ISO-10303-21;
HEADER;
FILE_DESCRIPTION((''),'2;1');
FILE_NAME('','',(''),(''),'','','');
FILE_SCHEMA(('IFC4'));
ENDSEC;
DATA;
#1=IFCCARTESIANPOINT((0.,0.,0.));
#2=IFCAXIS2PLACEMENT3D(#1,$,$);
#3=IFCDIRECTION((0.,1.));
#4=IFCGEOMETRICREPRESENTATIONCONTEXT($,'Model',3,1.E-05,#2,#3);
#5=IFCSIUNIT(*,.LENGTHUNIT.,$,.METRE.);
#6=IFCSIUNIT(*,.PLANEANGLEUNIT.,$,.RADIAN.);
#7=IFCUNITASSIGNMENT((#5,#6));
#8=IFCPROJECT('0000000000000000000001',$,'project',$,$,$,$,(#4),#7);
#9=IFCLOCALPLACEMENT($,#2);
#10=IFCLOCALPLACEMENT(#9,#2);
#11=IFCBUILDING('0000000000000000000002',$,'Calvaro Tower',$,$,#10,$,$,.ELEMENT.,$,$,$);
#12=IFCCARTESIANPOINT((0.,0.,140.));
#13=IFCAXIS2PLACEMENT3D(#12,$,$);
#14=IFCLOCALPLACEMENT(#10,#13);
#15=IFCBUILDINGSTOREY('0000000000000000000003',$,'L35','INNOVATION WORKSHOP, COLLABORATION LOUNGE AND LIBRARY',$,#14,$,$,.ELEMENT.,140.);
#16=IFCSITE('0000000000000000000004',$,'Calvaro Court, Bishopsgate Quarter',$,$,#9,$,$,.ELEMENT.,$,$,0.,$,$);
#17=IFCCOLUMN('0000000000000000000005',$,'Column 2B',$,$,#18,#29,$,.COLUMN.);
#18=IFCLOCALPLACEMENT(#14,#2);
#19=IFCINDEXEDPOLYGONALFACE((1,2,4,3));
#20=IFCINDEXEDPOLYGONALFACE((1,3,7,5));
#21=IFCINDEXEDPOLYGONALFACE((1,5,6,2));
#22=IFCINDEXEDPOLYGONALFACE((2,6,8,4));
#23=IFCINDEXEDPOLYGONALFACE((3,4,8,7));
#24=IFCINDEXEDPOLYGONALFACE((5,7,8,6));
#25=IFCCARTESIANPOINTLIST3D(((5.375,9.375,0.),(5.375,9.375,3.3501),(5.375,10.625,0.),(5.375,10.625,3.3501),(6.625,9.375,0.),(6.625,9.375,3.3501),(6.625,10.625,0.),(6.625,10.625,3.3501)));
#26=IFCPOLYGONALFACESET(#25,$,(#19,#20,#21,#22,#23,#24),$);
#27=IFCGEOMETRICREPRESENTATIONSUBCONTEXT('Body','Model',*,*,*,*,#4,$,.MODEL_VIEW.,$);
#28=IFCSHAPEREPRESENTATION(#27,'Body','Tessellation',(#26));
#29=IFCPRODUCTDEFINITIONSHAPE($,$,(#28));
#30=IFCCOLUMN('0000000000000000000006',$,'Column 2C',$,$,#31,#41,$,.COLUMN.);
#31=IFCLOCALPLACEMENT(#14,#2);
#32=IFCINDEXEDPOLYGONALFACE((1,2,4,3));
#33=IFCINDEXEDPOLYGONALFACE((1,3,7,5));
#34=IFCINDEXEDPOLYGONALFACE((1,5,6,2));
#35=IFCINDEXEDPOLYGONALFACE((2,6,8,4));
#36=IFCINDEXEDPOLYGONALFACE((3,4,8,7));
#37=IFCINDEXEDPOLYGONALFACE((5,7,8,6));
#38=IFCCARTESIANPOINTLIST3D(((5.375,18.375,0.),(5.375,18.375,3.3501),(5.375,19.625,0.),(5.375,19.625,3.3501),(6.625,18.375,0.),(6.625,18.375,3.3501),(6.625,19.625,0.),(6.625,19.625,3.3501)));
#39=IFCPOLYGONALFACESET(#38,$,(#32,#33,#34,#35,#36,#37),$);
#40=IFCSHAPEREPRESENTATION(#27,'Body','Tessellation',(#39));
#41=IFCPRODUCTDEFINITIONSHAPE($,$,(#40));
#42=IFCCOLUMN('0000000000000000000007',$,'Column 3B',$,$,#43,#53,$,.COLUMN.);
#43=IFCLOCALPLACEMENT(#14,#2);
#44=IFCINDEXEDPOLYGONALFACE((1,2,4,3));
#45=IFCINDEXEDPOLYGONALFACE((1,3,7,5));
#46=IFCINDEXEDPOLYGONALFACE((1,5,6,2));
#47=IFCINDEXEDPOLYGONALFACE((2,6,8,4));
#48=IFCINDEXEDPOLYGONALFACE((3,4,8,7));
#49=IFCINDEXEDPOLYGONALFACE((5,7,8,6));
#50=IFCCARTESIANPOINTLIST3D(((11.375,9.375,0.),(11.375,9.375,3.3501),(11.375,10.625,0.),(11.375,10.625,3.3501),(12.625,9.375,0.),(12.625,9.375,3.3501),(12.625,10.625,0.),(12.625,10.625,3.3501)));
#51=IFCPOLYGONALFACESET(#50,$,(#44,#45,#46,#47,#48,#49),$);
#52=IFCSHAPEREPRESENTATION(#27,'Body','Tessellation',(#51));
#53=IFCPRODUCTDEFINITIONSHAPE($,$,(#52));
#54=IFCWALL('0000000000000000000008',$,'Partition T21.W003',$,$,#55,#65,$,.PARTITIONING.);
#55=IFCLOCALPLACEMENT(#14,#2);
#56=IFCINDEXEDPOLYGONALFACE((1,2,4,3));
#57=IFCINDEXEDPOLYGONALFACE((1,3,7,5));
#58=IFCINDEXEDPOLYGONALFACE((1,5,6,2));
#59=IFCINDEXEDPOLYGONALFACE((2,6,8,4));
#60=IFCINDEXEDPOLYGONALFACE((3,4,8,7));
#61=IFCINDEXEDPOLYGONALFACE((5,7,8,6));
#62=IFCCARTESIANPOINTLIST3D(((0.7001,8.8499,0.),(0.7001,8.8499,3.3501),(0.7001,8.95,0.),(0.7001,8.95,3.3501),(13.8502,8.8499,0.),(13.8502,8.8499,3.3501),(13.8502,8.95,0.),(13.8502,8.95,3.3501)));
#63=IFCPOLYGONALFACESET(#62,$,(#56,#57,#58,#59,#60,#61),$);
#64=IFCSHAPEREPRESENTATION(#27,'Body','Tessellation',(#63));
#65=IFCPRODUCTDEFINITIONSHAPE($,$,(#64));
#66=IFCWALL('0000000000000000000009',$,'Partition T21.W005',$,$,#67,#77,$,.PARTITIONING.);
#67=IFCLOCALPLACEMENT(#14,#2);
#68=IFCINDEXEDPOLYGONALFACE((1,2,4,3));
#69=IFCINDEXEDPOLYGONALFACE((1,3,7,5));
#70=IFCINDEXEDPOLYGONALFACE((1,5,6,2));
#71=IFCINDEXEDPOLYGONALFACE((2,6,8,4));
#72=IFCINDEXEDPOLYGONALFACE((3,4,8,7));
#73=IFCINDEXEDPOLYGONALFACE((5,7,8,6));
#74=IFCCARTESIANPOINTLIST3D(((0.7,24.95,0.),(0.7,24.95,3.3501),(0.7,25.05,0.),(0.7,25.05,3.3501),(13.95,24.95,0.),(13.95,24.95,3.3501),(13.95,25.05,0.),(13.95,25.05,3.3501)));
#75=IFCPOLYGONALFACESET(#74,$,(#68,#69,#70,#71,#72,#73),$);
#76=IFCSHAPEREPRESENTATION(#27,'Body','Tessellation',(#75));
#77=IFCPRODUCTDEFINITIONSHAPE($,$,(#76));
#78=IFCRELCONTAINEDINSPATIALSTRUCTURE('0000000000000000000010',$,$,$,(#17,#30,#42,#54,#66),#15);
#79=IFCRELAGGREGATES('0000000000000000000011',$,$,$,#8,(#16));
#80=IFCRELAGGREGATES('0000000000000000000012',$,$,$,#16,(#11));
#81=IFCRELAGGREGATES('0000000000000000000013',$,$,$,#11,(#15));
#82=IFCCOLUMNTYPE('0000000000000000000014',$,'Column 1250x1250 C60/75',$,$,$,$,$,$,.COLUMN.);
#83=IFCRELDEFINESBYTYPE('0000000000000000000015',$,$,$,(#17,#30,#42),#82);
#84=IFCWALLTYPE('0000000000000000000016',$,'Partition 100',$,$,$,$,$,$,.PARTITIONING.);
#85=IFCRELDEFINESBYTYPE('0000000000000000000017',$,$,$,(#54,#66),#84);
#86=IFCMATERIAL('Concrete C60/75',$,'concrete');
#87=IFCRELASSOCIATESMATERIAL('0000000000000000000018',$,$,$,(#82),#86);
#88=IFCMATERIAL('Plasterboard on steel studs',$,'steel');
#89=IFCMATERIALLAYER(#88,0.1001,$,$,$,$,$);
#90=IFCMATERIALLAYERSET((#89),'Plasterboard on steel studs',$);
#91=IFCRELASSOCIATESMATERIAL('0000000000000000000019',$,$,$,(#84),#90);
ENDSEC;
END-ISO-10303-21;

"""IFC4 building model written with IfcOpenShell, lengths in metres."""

from ifc_helpers import new_model, si_unit, direction, frame, frame_2d, origin, origin_2d, place, context, subcontext, project, spatial, rectangle, extrude, material, layer, layer_set, material_profile, profile_set, type_object, element, save


model = new_model("IFC4")

# Units and contexts
model_context = context("Model", 3, precision=1e-05, world=origin(), true_north=direction((0.0, 1.0)))
body_context = subcontext(model_context, "Body", "Model", "MODEL_VIEW")
ifc_project = project(units=[si_unit("LENGTHUNIT", "METRE"), si_unit("PLANEANGLEUNIT", "RADIAN")], contexts=[model_context])

# Site, building, storey
site_placement = place(None, origin())
site = spatial("IfcSite", under=ifc_project, at=site_placement, Name="Calvaro Court, Bishopsgate Quarter", CompositionType="ELEMENT", RefElevation=0.0)
building_placement = place(site_placement, origin())
building = spatial("IfcBuilding", under=site, at=building_placement, Name="Calvaro Tower", CompositionType="ELEMENT")
storey_placement = place(building_placement, frame((0.0, 0.0, 140.0)))
storey = spatial("IfcBuildingStorey", under=building, at=storey_placement, Name="L35", Description="INNOVATION WORKSHOP, COLLABORATION LOUNGE AND LIBRARY", CompositionType="ELEMENT", Elevation=140.0)

# Columns
ifc_material_1 = material(Name="Concrete C60/75", Category="concrete")
ifc_material_profile = material_profile(ifc_material_1, rectangle(XDim=1.25, YDim=1.25, at=origin_2d()), Name="RC 1250x1250")
ifc_profile_set = profile_set([ifc_material_profile], Name="Concrete C60/75")
column_type = type_object("IfcColumnType", Name="Column 1250x1250 C60/75", PredefinedType="COLUMN", material=ifc_profile_set)
for number, where, z_axis, x_axis, name in (
    (1, (6.0, 10.0, 0.0), (0.0, 0.0, 1.0), (1.0, 0.0, 0.0), "Column 2B"),
    (2, (6.0, 19.0, 0.0), (0.0, 0.0, 1.0), (1.0, 0.0, 0.0), "Column 2C"),
    (3, (12.0, 10.0, 0.0), (0.0, 0.0, 1.0), (1.0, 0.0, 0.0), "Column 3B"),
):
    element("IfcColumn", number, at=place(storey_placement, frame(where, z_axis=z_axis, x_axis=x_axis)), inside=storey, type_object=column_type, Name=name, PredefinedType="COLUMN", context=body_context, shape_type="SweptSolid", body=[
        extrude(rectangle(XDim=1.25, YDim=1.25, at=origin_2d()), origin(), (0.0, 0.0, 1.0), 3.3501),
    ])

# Walls
ifc_material_2 = material(Name="Plasterboard on steel studs", Category="steel")
ifc_layer = layer(ifc_material_2, 0.1001)
ifc_layer_set = layer_set([ifc_layer], Name="Plasterboard on steel studs")
wall_type = type_object("IfcWallType", Name="Partition 100", PredefinedType="PARTITIONING", material=ifc_layer_set)
wall_1_placement = place(storey_placement, frame((0.7, 8.8999, 0.0), z_axis=(0.0, 0.0, 1.0), x_axis=(1.0, 0.0, 0.0)))
element("IfcWall", 4, at=wall_1_placement, inside=storey, type_object=wall_type, Name="Partition T21.W003", PredefinedType="PARTITIONING", context=body_context, shape_type="SweptSolid", body=[
    extrude(rectangle(XDim=13.1501, YDim=0.1001, at=frame_2d((6.5752, 0.0))), origin(), (0.0, 0.0, 1.0), 3.3501),
])
wall_2_placement = place(storey_placement, frame((0.7, 25.0, 0.0), z_axis=(0.0, 0.0, 1.0), x_axis=(1.0, 0.0, 0.0)))
element("IfcWall", 5, at=wall_2_placement, inside=storey, type_object=wall_type, Name="Partition T21.W005", PredefinedType="PARTITIONING", context=body_context, shape_type="SweptSolid", body=[
    extrude(rectangle(XDim=13.25, YDim=0.1001, at=frame_2d((6.625, 0.0))), origin(), (0.0, 0.0, 1.0), 3.3501),
])

save(model, "model.ifc")
